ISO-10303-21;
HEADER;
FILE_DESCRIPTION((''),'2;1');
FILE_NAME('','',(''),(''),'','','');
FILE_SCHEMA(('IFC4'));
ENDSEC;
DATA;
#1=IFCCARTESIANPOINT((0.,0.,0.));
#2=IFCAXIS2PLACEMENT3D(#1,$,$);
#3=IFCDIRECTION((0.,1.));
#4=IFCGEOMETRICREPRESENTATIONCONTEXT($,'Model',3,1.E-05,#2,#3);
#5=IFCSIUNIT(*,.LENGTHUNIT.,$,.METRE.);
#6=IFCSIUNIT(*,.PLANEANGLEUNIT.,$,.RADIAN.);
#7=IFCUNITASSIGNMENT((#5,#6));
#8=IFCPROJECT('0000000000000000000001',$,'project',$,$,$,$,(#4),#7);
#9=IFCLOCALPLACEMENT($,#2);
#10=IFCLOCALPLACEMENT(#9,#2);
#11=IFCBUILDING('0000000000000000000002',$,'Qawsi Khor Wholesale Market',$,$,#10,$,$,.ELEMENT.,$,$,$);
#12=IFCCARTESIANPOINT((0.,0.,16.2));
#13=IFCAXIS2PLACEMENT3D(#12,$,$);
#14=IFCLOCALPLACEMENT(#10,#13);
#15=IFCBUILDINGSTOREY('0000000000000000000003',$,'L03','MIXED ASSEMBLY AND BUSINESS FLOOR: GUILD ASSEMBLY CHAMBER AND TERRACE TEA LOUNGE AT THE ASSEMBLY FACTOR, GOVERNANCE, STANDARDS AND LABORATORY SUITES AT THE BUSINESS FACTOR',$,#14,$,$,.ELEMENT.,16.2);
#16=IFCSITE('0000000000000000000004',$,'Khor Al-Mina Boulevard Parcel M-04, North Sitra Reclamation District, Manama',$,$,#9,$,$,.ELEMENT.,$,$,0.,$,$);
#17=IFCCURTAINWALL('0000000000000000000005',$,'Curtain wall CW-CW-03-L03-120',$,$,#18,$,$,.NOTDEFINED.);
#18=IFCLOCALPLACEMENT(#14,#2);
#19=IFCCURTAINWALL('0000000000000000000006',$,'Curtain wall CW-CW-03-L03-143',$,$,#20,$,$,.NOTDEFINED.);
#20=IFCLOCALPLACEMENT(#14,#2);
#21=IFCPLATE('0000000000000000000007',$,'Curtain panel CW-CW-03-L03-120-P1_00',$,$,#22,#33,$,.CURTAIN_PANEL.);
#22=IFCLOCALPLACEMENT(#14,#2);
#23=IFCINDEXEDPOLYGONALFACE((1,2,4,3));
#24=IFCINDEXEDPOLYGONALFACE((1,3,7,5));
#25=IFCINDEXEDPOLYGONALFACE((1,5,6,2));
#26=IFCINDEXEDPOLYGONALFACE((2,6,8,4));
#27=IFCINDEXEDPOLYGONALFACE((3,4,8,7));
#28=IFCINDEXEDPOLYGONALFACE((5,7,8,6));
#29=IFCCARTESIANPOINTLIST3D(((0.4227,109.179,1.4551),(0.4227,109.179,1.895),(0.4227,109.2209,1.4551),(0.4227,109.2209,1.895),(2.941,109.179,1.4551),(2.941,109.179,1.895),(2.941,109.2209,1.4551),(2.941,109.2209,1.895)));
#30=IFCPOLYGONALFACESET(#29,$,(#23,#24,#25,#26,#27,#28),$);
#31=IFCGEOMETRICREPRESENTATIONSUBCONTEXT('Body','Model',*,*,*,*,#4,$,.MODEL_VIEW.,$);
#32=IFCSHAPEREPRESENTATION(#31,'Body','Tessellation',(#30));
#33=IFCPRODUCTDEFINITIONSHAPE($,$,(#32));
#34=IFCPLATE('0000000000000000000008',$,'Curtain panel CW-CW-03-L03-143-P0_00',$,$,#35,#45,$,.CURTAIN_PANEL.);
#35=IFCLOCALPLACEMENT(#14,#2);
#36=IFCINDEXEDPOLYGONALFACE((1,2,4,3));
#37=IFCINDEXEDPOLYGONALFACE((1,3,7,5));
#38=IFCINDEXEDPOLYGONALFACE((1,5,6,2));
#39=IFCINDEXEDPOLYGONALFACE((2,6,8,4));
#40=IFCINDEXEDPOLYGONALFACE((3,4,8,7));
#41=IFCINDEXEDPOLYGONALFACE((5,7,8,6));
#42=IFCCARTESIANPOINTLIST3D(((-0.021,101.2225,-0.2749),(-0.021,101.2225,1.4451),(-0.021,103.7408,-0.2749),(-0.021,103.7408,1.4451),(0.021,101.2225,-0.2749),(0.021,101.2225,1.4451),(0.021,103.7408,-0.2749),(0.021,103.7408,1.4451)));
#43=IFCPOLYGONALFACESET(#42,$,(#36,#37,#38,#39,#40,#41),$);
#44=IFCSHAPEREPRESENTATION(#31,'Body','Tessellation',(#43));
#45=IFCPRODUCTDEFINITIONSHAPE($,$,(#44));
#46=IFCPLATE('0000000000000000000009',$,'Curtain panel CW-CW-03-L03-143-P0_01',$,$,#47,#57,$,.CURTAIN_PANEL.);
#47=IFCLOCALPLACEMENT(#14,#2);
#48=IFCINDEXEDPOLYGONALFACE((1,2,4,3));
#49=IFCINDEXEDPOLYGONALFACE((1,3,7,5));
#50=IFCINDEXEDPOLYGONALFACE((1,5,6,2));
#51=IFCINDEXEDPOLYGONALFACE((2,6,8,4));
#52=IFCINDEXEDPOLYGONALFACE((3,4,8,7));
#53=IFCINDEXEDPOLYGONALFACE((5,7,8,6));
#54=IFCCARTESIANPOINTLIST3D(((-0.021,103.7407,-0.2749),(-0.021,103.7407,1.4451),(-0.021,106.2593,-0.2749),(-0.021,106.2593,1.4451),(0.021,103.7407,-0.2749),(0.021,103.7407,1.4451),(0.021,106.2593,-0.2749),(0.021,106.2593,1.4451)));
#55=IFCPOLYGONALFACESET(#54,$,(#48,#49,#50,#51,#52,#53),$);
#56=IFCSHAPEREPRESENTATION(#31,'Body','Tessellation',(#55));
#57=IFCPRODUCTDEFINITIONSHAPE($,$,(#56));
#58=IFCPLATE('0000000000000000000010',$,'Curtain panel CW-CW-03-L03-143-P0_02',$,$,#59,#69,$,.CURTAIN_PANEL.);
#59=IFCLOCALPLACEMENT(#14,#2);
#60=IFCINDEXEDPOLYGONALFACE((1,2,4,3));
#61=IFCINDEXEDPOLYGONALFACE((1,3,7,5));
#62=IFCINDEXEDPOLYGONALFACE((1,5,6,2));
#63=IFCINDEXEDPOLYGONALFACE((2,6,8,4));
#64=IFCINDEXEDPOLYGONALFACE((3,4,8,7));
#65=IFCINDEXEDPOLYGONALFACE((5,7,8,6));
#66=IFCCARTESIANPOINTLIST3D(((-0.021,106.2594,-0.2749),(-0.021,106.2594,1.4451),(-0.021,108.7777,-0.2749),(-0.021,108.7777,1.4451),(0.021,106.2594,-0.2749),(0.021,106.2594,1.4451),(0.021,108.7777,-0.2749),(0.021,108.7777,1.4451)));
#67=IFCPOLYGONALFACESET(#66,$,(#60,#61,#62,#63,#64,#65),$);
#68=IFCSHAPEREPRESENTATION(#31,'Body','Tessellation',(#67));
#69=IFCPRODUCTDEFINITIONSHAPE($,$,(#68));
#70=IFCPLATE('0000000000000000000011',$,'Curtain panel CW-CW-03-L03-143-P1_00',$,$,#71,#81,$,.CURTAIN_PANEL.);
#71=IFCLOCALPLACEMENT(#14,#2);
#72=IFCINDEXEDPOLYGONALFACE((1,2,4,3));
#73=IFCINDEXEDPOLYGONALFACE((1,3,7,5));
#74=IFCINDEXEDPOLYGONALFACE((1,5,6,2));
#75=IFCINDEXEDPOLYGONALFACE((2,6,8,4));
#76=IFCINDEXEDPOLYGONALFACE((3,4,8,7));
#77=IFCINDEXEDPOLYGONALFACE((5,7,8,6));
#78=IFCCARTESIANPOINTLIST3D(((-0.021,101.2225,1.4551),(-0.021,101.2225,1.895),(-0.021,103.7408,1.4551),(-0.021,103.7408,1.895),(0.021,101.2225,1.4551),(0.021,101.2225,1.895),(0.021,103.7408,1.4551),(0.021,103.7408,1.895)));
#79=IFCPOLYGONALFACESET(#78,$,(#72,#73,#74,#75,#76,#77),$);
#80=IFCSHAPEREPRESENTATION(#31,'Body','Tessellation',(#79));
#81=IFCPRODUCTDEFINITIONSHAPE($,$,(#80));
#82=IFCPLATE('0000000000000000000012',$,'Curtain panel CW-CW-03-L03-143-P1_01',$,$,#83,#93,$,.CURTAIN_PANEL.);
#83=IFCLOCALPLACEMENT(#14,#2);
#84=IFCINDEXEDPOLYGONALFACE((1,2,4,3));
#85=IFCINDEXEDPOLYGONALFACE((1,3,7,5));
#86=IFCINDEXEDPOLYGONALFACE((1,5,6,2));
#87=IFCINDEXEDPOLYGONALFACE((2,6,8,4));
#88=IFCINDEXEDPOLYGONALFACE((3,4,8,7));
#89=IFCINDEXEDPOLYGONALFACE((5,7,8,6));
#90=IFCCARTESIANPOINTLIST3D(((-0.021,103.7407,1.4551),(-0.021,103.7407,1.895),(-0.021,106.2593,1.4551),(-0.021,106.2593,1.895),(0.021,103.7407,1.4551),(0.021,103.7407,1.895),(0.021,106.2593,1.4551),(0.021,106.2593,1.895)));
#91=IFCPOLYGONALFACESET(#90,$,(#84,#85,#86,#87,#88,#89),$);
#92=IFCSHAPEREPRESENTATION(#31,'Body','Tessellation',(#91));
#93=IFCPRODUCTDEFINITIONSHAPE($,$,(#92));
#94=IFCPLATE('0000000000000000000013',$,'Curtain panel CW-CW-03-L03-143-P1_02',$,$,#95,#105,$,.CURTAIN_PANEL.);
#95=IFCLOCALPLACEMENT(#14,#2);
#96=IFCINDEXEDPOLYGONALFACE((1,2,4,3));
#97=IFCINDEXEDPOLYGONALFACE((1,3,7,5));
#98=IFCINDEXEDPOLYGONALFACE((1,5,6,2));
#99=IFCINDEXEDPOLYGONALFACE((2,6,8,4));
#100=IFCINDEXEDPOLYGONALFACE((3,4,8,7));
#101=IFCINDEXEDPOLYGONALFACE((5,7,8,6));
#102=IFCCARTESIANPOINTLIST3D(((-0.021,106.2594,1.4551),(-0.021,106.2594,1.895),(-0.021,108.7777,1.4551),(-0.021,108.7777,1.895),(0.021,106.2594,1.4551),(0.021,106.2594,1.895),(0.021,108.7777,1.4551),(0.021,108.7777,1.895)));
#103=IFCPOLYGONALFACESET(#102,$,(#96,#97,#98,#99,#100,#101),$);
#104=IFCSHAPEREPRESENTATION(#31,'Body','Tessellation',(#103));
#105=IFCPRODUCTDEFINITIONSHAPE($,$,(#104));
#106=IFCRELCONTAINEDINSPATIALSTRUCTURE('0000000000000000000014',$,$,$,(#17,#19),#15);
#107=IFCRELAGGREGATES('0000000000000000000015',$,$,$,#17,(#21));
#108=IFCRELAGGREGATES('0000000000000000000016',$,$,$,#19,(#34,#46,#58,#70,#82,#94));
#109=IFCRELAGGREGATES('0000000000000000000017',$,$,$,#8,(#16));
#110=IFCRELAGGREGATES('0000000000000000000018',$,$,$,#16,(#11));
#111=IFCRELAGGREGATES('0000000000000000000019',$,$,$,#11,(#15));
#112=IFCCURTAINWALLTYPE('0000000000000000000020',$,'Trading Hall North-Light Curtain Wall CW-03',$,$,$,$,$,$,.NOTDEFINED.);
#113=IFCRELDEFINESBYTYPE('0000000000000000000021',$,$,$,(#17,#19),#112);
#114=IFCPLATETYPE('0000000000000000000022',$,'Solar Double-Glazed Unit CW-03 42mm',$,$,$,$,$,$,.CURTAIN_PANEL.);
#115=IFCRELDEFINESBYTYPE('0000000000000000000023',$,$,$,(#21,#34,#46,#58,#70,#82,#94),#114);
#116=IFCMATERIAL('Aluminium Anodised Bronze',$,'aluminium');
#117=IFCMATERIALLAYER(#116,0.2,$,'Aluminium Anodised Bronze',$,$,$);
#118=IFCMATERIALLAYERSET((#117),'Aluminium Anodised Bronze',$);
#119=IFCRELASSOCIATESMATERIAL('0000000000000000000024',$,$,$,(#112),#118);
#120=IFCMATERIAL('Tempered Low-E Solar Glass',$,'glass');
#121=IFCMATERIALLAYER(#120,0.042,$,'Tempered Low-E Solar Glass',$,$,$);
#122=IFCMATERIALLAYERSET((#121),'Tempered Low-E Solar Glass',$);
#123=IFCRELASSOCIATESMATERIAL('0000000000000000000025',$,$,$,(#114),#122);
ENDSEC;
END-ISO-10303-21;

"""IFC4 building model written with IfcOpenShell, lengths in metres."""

from ifc_helpers import new_model, si_unit, direction, frame, frame_2d, origin, place, context, subcontext, project, spatial, rectangle, extrude, material, layer, layer_set, type_object, element, aggregate, save


model = new_model("IFC4")

# Units and contexts
model_context = context("Model", 3, precision=1e-05, world=origin(), true_north=direction((0.0, 1.0)))
body_context = subcontext(model_context, "Body", "Model", "MODEL_VIEW")
ifc_project = project(units=[si_unit("LENGTHUNIT", "METRE"), si_unit("PLANEANGLEUNIT", "RADIAN")], contexts=[model_context])

# Site, building, storey
site_placement = place(None, origin())
site = spatial("IfcSite", under=ifc_project, at=site_placement, Name="Khor Al-Mina Boulevard Parcel M-04, North Sitra Reclamation District, Manama", CompositionType="ELEMENT", RefElevation=0.0)
building_placement = place(site_placement, origin())
building = spatial("IfcBuilding", under=site, at=building_placement, Name="Qawsi Khor Wholesale Market", CompositionType="ELEMENT")
storey_placement = place(building_placement, frame((0.0, 0.0, 16.2)))
storey = spatial("IfcBuildingStorey", under=building, at=storey_placement, Name="L03", Description="MIXED ASSEMBLY AND BUSINESS FLOOR: GUILD ASSEMBLY CHAMBER AND TERRACE TEA LOUNGE AT THE ASSEMBLY FACTOR, GOVERNANCE, STANDARDS AND LABORATORY SUITES AT THE BUSINESS FACTOR", CompositionType="ELEMENT", Elevation=16.2)

# Curtain walls
ifc_material_1 = material(Name="Aluminium Anodised Bronze", Category="aluminium")
ifc_layer_1 = layer(ifc_material_1, 0.2, Name="Aluminium Anodised Bronze")
ifc_layer_set_1 = layer_set([ifc_layer_1], Name="Aluminium Anodised Bronze")
curtain_wall_type = type_object("IfcCurtainWallType", Name="Trading Hall North-Light Curtain Wall CW-03", PredefinedType="NOTDEFINED", material=ifc_layer_set_1)
curtain_wall_1_placement = place(storey_placement, origin())
curtain_wall_1 = element("IfcCurtainWall", 1, at=curtain_wall_1_placement, inside=storey, type_object=curtain_wall_type, Name="Curtain wall CW-CW-03-L03-120", PredefinedType="NOTDEFINED")
curtain_wall_2_placement = place(storey_placement, origin())
curtain_wall_2 = element("IfcCurtainWall", 2, at=curtain_wall_2_placement, inside=storey, type_object=curtain_wall_type, Name="Curtain wall CW-CW-03-L03-143", PredefinedType="NOTDEFINED")

# Plates
ifc_material_2 = material(Name="Tempered Low-E Solar Glass", Category="glass")
ifc_layer_2 = layer(ifc_material_2, 0.042, Name="Tempered Low-E Solar Glass")
ifc_layer_set_2 = layer_set([ifc_layer_2], Name="Tempered Low-E Solar Glass")
plate_type = type_object("IfcPlateType", Name="Solar Double-Glazed Unit CW-03 42mm", PredefinedType="CURTAIN_PANEL", material=ifc_layer_set_2)
plate_1_placement = place(storey_placement, frame((0.4226, 109.2, 1.4551), z_axis=(0.0, 0.0, 1.0), x_axis=(1.0, 0.0, 0.0)))
plate_1 = element("IfcPlate", 3, at=plate_1_placement, type_object=plate_type, Name="Curtain panel CW-CW-03-L03-120-P1_00", PredefinedType="CURTAIN_PANEL", context=body_context, shape_type="SweptSolid", body=[
    extrude(rectangle(XDim=2.5183, YDim=0.042, at=frame_2d((1.2593, 0.0))), origin(), (0.0, 0.0, 1.0), 0.4399),
])
aggregate(curtain_wall_1, [plate_1])
plate_2_placement = place(storey_placement, frame((0.0, 101.2224, -0.2749), z_axis=(0.0, 0.0, 1.0), x_axis=(0.0, 1.0, 0.0)))
plate_2 = element("IfcPlate", 4, at=plate_2_placement, type_object=plate_type, Name="Curtain panel CW-CW-03-L03-143-P0_00", PredefinedType="CURTAIN_PANEL", context=body_context, shape_type="SweptSolid", body=[
    extrude(rectangle(XDim=2.5183, YDim=0.042, at=frame_2d((1.2593, 0.0))), origin(), (0.0, 0.0, 1.0), 1.72),
])
plate_3_placement = place(storey_placement, frame((0.0, 103.7407, -0.2749), z_axis=(0.0, 0.0, 1.0), x_axis=(0.0, 1.0, 0.0)))
plate_3 = element("IfcPlate", 5, at=plate_3_placement, type_object=plate_type, Name="Curtain panel CW-CW-03-L03-143-P0_01", PredefinedType="CURTAIN_PANEL", context=body_context, shape_type="SweptSolid", body=[
    extrude(rectangle(XDim=2.5186, YDim=0.042, at=frame_2d((1.2593, 0.0))), origin(), (0.0, 0.0, 1.0), 1.72),
])
plate_4_placement = place(storey_placement, frame((0.0, 106.2593, -0.2749), z_axis=(0.0, 0.0, 1.0), x_axis=(0.0, 1.0, 0.0)))
plate_4 = element("IfcPlate", 6, at=plate_4_placement, type_object=plate_type, Name="Curtain panel CW-CW-03-L03-143-P0_02", PredefinedType="CURTAIN_PANEL", context=body_context, shape_type="SweptSolid", body=[
    extrude(rectangle(XDim=2.5183, YDim=0.042, at=frame_2d((1.2593, 0.0))), origin(), (0.0, 0.0, 1.0), 1.72),
])
plate_5_placement = place(storey_placement, frame((0.0, 101.2224, 1.4551), z_axis=(0.0, 0.0, 1.0), x_axis=(0.0, 1.0, 0.0)))
plate_5 = element("IfcPlate", 7, at=plate_5_placement, type_object=plate_type, Name="Curtain panel CW-CW-03-L03-143-P1_00", PredefinedType="CURTAIN_PANEL", context=body_context, shape_type="SweptSolid", body=[
    extrude(rectangle(XDim=2.5183, YDim=0.042, at=frame_2d((1.2593, 0.0))), origin(), (0.0, 0.0, 1.0), 0.4399),
])
plate_6_placement = place(storey_placement, frame((0.0, 103.7407, 1.4551), z_axis=(0.0, 0.0, 1.0), x_axis=(0.0, 1.0, 0.0)))
plate_6 = element("IfcPlate", 8, at=plate_6_placement, type_object=plate_type, Name="Curtain panel CW-CW-03-L03-143-P1_01", PredefinedType="CURTAIN_PANEL", context=body_context, shape_type="SweptSolid", body=[
    extrude(rectangle(XDim=2.5186, YDim=0.042, at=frame_2d((1.2593, 0.0))), origin(), (0.0, 0.0, 1.0), 0.4399),
])
plate_7_placement = place(storey_placement, frame((0.0, 106.2593, 1.4551), z_axis=(0.0, 0.0, 1.0), x_axis=(0.0, 1.0, 0.0)))
plate_7 = element("IfcPlate", 9, at=plate_7_placement, type_object=plate_type, Name="Curtain panel CW-CW-03-L03-143-P1_02", PredefinedType="CURTAIN_PANEL", context=body_context, shape_type="SweptSolid", body=[
    extrude(rectangle(XDim=2.5183, YDim=0.042, at=frame_2d((1.2593, 0.0))), origin(), (0.0, 0.0, 1.0), 0.4399),
])
aggregate(curtain_wall_2, [plate_2, plate_3, plate_4, plate_5, plate_6, plate_7])

save(model, "model.ifc")
